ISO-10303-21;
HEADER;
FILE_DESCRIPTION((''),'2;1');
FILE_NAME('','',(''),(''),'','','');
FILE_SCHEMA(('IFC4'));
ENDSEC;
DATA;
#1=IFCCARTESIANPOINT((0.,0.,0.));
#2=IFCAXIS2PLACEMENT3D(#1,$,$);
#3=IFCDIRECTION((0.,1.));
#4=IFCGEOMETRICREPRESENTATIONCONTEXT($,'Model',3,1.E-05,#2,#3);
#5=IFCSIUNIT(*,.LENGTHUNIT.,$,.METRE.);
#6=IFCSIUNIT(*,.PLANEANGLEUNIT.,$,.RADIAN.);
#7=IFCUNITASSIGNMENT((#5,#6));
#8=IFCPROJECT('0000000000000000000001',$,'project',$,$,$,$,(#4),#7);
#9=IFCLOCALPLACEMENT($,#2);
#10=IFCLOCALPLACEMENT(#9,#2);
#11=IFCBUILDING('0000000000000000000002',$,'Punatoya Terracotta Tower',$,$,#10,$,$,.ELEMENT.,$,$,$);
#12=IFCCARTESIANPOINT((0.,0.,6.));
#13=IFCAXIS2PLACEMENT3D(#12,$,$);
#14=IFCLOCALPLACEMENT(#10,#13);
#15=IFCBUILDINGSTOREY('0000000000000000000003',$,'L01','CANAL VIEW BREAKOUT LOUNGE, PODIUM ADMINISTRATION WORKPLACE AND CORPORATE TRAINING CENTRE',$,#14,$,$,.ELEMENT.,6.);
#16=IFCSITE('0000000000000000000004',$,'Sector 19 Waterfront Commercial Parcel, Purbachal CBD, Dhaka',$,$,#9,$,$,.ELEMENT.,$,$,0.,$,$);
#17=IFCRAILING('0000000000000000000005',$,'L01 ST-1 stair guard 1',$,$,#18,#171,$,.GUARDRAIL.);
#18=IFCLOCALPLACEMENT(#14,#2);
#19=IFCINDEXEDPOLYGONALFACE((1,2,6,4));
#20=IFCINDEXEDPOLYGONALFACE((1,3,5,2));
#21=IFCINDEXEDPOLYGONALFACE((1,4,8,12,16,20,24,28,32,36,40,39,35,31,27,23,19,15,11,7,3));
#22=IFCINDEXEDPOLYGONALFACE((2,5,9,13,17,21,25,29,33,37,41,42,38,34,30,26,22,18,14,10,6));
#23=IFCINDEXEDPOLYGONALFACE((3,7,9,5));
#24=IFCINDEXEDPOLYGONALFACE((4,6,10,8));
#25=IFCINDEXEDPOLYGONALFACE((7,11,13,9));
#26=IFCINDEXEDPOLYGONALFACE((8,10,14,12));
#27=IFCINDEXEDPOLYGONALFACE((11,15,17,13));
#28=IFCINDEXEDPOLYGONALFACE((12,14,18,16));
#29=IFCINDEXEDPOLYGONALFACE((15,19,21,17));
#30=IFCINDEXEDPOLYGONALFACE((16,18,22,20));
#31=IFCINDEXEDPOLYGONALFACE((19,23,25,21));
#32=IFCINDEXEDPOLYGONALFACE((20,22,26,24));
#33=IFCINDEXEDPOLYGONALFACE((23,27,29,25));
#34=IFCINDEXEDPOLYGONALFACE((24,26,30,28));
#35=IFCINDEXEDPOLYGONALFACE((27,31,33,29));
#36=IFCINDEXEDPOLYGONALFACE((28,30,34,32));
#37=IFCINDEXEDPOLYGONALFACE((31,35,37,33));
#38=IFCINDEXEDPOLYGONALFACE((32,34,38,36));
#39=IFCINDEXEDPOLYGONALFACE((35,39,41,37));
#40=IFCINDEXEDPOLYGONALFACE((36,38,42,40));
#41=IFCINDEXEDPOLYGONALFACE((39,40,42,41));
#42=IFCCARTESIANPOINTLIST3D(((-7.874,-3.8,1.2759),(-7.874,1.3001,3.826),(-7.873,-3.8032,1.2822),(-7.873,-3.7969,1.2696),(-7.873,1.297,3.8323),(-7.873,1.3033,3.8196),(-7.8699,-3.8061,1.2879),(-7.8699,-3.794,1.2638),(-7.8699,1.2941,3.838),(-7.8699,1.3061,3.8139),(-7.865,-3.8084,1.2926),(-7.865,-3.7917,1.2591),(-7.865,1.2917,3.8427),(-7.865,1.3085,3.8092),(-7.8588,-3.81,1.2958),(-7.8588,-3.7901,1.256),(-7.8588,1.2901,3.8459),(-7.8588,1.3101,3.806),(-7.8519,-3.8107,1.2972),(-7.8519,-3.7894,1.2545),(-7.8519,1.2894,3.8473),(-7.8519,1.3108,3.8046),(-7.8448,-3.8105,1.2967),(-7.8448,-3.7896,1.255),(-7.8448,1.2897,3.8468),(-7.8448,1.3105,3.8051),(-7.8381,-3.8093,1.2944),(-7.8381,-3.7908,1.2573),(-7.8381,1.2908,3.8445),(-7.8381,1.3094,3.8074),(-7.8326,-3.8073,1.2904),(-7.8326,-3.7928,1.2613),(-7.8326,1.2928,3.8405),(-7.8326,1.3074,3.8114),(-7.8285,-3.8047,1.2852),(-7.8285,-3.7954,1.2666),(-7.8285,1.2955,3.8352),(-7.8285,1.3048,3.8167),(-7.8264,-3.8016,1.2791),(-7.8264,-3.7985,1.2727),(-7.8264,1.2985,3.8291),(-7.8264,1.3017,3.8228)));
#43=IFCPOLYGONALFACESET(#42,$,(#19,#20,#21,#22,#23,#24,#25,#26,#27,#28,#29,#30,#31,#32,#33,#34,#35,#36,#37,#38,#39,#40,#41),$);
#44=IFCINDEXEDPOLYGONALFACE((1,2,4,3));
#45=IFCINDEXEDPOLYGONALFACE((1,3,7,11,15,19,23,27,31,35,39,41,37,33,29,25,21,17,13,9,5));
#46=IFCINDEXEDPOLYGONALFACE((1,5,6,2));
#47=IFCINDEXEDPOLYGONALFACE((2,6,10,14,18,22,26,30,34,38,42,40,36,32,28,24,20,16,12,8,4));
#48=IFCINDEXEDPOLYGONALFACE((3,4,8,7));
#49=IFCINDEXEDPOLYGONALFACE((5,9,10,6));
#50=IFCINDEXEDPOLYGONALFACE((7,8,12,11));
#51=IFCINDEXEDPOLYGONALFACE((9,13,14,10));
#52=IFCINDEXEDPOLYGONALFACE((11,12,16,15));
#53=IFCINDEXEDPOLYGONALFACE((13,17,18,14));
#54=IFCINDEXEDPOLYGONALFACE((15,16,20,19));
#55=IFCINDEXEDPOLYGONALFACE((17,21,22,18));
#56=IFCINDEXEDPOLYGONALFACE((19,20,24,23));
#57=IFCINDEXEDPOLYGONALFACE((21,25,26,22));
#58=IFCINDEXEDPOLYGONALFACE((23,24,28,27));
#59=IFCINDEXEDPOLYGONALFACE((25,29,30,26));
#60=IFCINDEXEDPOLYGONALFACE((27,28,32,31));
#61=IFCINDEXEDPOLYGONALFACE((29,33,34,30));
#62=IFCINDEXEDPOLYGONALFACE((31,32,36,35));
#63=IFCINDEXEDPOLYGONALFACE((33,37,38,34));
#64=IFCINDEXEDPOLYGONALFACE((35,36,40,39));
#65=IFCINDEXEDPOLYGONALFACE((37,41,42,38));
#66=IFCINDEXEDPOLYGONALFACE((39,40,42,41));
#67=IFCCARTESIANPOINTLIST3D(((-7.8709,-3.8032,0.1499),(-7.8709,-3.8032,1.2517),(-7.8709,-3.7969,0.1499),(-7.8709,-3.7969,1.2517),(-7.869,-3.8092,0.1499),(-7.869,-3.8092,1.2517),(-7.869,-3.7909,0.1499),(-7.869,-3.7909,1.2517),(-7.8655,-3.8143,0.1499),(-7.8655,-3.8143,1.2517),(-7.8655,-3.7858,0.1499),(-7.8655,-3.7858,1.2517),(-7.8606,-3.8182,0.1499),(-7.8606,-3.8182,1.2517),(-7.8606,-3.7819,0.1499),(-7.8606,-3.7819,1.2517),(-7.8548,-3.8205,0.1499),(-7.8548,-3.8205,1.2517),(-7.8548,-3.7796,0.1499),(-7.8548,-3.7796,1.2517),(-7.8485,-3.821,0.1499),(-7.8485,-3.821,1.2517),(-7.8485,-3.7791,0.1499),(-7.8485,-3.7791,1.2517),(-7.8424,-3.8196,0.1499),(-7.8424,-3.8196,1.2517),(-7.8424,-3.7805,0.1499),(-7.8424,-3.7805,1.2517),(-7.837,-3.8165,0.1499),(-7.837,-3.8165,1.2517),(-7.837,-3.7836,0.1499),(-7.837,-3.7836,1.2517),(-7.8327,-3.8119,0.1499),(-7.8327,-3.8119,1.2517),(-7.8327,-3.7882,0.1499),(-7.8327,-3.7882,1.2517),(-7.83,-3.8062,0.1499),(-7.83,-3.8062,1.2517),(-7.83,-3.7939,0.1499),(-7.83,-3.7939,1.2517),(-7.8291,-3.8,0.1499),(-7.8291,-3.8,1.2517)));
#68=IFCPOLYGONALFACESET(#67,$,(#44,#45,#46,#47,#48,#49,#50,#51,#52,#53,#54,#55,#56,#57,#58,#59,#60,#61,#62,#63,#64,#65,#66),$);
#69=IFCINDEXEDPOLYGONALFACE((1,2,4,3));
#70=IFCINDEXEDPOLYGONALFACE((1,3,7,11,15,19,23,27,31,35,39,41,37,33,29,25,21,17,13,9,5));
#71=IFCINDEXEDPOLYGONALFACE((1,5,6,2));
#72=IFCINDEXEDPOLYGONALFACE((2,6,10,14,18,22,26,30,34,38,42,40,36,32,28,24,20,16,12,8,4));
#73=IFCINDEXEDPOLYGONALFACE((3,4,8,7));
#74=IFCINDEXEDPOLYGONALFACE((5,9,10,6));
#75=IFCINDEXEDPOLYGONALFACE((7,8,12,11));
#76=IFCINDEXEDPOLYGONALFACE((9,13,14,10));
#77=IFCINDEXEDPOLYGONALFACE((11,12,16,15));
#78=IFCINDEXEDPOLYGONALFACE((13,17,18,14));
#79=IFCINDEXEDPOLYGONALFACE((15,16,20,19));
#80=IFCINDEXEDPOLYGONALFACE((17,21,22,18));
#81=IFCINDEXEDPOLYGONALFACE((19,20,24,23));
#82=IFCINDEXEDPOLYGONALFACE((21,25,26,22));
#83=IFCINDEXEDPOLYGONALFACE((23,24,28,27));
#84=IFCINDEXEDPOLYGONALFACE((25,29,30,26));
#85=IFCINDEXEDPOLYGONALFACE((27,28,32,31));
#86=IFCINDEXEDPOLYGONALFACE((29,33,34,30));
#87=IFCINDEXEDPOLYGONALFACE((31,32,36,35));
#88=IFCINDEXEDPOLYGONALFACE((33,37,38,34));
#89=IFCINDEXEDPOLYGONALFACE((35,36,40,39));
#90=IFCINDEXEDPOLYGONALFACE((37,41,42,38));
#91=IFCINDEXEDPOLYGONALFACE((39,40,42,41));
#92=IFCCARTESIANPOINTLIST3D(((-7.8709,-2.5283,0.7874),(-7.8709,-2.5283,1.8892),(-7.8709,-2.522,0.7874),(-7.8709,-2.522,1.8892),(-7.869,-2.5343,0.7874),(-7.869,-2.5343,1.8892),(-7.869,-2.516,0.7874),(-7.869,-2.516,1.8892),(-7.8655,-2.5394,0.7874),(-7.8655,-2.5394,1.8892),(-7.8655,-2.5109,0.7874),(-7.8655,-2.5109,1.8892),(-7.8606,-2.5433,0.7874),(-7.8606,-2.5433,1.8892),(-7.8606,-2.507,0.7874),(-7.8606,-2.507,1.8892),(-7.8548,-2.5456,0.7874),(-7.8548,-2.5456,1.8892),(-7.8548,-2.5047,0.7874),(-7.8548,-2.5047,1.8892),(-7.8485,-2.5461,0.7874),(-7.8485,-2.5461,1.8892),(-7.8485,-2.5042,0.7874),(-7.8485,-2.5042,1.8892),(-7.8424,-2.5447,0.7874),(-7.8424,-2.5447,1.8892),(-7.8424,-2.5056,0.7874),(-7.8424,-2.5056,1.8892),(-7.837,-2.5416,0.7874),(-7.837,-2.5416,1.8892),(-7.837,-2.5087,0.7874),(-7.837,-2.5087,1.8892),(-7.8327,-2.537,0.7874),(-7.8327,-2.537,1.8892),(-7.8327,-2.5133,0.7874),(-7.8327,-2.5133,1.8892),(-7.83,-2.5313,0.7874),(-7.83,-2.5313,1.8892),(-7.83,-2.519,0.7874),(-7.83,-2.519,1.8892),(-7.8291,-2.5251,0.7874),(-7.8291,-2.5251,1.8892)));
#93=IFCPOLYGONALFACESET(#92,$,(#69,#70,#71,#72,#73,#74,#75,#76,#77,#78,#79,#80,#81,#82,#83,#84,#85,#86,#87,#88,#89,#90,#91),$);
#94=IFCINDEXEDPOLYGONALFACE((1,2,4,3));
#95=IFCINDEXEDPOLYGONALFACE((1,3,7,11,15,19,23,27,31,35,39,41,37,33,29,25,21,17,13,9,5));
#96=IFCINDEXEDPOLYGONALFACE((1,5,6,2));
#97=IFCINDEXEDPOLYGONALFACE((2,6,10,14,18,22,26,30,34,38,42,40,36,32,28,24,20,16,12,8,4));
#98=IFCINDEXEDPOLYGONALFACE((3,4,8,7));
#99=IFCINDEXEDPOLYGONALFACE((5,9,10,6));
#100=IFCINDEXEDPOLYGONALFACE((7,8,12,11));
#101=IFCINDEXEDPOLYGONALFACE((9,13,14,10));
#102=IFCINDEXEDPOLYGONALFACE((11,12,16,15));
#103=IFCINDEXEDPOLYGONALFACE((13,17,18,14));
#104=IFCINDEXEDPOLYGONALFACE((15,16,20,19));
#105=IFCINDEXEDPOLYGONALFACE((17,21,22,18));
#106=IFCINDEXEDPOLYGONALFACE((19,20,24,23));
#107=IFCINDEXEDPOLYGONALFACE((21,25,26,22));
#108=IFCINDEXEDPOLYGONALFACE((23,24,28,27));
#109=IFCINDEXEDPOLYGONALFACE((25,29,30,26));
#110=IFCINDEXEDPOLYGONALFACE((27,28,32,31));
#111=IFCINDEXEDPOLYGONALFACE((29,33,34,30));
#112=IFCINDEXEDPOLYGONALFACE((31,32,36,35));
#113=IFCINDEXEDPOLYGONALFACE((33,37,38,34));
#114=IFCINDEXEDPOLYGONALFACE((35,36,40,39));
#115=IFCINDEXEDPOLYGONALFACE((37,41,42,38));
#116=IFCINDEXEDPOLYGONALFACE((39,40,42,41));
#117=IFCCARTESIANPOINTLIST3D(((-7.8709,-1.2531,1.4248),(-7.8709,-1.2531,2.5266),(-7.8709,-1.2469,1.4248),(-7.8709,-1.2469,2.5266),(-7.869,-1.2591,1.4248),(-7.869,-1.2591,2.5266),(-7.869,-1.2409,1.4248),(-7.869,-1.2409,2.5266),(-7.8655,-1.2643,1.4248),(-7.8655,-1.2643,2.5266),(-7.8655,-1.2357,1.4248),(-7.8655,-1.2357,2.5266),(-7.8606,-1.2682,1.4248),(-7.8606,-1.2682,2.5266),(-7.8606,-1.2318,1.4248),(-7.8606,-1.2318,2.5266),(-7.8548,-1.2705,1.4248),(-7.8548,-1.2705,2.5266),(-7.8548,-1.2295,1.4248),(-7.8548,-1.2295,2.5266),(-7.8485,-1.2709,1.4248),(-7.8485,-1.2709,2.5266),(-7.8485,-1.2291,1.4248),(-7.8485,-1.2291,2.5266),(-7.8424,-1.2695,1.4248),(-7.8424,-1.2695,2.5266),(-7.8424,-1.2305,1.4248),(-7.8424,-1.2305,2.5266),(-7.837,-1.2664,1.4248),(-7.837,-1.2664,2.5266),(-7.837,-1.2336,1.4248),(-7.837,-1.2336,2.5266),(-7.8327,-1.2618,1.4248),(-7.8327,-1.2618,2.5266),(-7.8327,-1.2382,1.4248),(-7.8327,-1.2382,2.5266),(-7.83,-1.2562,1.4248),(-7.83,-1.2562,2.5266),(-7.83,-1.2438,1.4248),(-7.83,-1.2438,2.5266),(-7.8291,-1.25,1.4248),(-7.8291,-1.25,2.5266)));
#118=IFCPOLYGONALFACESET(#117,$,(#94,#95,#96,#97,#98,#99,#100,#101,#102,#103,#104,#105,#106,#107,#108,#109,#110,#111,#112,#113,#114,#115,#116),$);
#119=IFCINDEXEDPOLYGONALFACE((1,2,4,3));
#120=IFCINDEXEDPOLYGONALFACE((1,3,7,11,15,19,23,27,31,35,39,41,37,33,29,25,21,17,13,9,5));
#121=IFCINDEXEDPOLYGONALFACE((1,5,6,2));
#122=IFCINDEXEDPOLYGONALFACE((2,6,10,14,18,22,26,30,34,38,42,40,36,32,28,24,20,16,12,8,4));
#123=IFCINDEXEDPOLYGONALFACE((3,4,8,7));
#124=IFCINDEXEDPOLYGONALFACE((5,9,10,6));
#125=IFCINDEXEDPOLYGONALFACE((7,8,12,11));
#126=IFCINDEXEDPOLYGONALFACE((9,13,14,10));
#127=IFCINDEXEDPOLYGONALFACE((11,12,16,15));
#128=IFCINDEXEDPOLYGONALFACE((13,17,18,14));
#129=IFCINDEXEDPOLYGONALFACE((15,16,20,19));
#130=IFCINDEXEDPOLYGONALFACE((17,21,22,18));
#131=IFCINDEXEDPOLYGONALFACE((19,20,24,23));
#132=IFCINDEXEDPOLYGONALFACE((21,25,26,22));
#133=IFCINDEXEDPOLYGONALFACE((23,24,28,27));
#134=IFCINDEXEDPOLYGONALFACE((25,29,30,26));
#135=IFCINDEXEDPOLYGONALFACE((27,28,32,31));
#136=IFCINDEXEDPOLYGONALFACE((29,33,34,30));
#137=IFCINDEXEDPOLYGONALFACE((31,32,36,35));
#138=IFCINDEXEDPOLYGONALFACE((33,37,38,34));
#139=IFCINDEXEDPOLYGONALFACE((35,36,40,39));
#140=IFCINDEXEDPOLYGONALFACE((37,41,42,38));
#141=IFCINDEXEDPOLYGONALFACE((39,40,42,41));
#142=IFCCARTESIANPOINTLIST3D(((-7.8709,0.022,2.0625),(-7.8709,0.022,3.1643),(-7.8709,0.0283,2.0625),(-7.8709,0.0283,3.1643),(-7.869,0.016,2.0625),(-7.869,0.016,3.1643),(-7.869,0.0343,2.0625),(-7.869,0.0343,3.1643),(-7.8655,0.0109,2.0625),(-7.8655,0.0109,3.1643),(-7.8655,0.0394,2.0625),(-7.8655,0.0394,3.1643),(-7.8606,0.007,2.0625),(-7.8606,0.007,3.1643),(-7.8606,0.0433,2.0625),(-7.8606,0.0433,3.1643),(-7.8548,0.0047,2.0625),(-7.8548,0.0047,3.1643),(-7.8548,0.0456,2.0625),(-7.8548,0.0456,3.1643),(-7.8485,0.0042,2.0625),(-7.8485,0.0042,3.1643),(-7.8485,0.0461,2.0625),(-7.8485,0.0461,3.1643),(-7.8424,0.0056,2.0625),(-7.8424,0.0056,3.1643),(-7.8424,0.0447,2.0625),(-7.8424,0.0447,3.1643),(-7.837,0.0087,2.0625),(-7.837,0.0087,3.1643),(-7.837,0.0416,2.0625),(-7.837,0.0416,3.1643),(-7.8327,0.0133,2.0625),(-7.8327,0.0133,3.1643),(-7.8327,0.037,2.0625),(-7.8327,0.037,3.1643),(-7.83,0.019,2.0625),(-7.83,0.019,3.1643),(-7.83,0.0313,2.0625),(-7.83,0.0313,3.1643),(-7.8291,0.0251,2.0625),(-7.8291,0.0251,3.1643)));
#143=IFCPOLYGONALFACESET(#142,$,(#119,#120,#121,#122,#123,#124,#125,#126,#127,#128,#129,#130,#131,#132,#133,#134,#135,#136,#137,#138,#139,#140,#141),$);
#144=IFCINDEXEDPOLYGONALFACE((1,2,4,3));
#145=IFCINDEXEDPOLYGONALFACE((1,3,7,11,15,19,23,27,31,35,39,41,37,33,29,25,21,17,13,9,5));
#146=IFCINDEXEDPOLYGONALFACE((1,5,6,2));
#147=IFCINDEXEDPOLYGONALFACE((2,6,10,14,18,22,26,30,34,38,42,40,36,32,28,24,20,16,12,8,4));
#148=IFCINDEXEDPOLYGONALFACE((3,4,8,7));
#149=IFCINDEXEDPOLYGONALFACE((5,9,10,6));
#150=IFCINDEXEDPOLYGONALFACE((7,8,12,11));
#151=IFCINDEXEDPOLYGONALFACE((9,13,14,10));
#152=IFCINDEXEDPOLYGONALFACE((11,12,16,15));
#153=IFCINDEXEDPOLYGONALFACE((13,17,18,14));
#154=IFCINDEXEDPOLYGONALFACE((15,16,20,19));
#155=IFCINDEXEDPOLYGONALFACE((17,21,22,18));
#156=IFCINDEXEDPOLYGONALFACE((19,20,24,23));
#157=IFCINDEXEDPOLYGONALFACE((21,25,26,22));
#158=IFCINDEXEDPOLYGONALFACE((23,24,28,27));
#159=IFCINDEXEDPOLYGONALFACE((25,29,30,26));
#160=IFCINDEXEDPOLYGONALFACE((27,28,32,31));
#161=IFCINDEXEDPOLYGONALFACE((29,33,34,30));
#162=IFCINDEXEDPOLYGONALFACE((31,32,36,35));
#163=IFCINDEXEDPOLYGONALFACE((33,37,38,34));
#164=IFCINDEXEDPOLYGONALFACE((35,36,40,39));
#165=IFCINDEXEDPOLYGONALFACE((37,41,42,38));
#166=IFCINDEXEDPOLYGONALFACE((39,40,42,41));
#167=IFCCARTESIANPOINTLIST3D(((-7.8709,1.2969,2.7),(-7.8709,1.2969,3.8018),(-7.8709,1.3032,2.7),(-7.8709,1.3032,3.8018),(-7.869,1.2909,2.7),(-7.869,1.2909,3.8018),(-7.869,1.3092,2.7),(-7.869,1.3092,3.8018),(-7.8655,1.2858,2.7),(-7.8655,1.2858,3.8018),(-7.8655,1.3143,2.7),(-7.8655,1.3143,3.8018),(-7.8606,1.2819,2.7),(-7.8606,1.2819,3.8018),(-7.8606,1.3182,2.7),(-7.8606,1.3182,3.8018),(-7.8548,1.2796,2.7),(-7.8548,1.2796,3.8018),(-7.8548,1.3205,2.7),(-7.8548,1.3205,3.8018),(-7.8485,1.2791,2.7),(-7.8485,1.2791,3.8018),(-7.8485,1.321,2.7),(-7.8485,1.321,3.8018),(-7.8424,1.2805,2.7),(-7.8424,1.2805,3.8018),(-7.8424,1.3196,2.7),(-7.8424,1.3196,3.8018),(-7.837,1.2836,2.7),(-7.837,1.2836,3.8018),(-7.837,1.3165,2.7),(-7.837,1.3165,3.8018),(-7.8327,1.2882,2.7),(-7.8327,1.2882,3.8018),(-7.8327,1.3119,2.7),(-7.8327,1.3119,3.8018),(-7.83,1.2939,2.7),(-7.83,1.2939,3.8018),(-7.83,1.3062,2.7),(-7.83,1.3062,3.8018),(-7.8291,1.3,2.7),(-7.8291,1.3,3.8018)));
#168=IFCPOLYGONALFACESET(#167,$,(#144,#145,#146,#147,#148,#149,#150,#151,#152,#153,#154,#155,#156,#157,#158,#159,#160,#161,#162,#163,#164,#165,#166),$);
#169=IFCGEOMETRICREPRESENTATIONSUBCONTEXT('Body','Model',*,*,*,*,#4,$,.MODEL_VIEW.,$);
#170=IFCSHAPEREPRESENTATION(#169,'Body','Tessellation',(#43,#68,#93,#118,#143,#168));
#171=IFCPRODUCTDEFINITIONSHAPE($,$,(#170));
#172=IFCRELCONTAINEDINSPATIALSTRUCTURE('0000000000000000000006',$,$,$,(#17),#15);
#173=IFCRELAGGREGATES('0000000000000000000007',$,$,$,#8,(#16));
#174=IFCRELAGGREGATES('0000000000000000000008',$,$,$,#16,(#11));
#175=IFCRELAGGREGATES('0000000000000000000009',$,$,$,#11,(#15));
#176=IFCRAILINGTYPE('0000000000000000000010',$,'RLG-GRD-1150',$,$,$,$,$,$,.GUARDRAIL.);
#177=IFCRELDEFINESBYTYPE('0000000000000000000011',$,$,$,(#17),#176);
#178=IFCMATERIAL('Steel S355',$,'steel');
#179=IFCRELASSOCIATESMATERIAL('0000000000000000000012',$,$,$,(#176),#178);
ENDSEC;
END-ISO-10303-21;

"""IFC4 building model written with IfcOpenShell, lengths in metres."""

from ifc_helpers import new_model, si_unit, direction, frame, origin, origin_2d, place, context, subcontext, project, spatial, circle, extrude, material, type_object, element, save


model = new_model("IFC4")

# Units and contexts
model_context = context("Model", 3, precision=1e-05, world=origin(), true_north=direction((0.0, 1.0)))
body_context = subcontext(model_context, "Body", "Model", "MODEL_VIEW")
ifc_project = project(units=[si_unit("LENGTHUNIT", "METRE"), si_unit("PLANEANGLEUNIT", "RADIAN")], contexts=[model_context])

# Site, building, storey
site_placement = place(None, origin())
site = spatial("IfcSite", under=ifc_project, at=site_placement, Name="Sector 19 Waterfront Commercial Parcel, Purbachal CBD, Dhaka", CompositionType="ELEMENT", RefElevation=0.0)
building_placement = place(site_placement, origin())
building = spatial("IfcBuilding", under=site, at=building_placement, Name="Punatoya Terracotta Tower", CompositionType="ELEMENT")
storey_placement = place(building_placement, frame((0.0, 0.0, 6.0)))
storey = spatial("IfcBuildingStorey", under=building, at=storey_placement, Name="L01", Description="CANAL VIEW BREAKOUT LOUNGE, PODIUM ADMINISTRATION WORKPLACE AND CORPORATE TRAINING CENTRE", CompositionType="ELEMENT", Elevation=6.0)

# Shared definitions
ifc_material_1 = material(Name="Steel S355", Category="steel")

# Railing
railing_type_1 = type_object("IfcRailingType", Name="RLG-GRD-1150", PredefinedType="GUARDRAIL", material=ifc_material_1)
railing_1_placement = place(storey_placement, frame((-7.8501, -3.8, 0.1499)))
element("IfcRailing", 1, at=railing_1_placement, inside=storey, type_object=railing_type_1, Name="L01 ST-1 stair guard 1", PredefinedType="GUARDRAIL", context=body_context, shape_type="SweptSolid", body=[
    extrude(circle(Radius=0.0239, at=origin_2d()), frame((0.0, 0.0, 1.126), z_axis=(0.0, 0.894427, 0.447214), x_axis=(-1.0, 0.0, 0.0)), (0.0, 0.0, 1.0), 5.7021),
    extrude(circle(Radius=0.021, at=origin_2d()), origin(), (0.0, 0.0, 1.0), 1.1018),
    extrude(circle(Radius=0.021, at=origin_2d()), frame((0.0, 1.2749, 0.6375)), (0.0, 0.0, 1.0), 1.1018),
    extrude(circle(Radius=0.021, at=origin_2d()), frame((0.0, 2.55, 1.2749)), (0.0, 0.0, 1.0), 1.1018),
    extrude(circle(Radius=0.021, at=origin_2d()), frame((0.0, 3.8252, 1.9126)), (0.0, 0.0, 1.0), 1.1018),
    extrude(circle(Radius=0.021, at=origin_2d()), frame((0.0, 5.1001, 2.55)), (0.0, 0.0, 1.0), 1.1018),
])

save(model, "model.ifc")
